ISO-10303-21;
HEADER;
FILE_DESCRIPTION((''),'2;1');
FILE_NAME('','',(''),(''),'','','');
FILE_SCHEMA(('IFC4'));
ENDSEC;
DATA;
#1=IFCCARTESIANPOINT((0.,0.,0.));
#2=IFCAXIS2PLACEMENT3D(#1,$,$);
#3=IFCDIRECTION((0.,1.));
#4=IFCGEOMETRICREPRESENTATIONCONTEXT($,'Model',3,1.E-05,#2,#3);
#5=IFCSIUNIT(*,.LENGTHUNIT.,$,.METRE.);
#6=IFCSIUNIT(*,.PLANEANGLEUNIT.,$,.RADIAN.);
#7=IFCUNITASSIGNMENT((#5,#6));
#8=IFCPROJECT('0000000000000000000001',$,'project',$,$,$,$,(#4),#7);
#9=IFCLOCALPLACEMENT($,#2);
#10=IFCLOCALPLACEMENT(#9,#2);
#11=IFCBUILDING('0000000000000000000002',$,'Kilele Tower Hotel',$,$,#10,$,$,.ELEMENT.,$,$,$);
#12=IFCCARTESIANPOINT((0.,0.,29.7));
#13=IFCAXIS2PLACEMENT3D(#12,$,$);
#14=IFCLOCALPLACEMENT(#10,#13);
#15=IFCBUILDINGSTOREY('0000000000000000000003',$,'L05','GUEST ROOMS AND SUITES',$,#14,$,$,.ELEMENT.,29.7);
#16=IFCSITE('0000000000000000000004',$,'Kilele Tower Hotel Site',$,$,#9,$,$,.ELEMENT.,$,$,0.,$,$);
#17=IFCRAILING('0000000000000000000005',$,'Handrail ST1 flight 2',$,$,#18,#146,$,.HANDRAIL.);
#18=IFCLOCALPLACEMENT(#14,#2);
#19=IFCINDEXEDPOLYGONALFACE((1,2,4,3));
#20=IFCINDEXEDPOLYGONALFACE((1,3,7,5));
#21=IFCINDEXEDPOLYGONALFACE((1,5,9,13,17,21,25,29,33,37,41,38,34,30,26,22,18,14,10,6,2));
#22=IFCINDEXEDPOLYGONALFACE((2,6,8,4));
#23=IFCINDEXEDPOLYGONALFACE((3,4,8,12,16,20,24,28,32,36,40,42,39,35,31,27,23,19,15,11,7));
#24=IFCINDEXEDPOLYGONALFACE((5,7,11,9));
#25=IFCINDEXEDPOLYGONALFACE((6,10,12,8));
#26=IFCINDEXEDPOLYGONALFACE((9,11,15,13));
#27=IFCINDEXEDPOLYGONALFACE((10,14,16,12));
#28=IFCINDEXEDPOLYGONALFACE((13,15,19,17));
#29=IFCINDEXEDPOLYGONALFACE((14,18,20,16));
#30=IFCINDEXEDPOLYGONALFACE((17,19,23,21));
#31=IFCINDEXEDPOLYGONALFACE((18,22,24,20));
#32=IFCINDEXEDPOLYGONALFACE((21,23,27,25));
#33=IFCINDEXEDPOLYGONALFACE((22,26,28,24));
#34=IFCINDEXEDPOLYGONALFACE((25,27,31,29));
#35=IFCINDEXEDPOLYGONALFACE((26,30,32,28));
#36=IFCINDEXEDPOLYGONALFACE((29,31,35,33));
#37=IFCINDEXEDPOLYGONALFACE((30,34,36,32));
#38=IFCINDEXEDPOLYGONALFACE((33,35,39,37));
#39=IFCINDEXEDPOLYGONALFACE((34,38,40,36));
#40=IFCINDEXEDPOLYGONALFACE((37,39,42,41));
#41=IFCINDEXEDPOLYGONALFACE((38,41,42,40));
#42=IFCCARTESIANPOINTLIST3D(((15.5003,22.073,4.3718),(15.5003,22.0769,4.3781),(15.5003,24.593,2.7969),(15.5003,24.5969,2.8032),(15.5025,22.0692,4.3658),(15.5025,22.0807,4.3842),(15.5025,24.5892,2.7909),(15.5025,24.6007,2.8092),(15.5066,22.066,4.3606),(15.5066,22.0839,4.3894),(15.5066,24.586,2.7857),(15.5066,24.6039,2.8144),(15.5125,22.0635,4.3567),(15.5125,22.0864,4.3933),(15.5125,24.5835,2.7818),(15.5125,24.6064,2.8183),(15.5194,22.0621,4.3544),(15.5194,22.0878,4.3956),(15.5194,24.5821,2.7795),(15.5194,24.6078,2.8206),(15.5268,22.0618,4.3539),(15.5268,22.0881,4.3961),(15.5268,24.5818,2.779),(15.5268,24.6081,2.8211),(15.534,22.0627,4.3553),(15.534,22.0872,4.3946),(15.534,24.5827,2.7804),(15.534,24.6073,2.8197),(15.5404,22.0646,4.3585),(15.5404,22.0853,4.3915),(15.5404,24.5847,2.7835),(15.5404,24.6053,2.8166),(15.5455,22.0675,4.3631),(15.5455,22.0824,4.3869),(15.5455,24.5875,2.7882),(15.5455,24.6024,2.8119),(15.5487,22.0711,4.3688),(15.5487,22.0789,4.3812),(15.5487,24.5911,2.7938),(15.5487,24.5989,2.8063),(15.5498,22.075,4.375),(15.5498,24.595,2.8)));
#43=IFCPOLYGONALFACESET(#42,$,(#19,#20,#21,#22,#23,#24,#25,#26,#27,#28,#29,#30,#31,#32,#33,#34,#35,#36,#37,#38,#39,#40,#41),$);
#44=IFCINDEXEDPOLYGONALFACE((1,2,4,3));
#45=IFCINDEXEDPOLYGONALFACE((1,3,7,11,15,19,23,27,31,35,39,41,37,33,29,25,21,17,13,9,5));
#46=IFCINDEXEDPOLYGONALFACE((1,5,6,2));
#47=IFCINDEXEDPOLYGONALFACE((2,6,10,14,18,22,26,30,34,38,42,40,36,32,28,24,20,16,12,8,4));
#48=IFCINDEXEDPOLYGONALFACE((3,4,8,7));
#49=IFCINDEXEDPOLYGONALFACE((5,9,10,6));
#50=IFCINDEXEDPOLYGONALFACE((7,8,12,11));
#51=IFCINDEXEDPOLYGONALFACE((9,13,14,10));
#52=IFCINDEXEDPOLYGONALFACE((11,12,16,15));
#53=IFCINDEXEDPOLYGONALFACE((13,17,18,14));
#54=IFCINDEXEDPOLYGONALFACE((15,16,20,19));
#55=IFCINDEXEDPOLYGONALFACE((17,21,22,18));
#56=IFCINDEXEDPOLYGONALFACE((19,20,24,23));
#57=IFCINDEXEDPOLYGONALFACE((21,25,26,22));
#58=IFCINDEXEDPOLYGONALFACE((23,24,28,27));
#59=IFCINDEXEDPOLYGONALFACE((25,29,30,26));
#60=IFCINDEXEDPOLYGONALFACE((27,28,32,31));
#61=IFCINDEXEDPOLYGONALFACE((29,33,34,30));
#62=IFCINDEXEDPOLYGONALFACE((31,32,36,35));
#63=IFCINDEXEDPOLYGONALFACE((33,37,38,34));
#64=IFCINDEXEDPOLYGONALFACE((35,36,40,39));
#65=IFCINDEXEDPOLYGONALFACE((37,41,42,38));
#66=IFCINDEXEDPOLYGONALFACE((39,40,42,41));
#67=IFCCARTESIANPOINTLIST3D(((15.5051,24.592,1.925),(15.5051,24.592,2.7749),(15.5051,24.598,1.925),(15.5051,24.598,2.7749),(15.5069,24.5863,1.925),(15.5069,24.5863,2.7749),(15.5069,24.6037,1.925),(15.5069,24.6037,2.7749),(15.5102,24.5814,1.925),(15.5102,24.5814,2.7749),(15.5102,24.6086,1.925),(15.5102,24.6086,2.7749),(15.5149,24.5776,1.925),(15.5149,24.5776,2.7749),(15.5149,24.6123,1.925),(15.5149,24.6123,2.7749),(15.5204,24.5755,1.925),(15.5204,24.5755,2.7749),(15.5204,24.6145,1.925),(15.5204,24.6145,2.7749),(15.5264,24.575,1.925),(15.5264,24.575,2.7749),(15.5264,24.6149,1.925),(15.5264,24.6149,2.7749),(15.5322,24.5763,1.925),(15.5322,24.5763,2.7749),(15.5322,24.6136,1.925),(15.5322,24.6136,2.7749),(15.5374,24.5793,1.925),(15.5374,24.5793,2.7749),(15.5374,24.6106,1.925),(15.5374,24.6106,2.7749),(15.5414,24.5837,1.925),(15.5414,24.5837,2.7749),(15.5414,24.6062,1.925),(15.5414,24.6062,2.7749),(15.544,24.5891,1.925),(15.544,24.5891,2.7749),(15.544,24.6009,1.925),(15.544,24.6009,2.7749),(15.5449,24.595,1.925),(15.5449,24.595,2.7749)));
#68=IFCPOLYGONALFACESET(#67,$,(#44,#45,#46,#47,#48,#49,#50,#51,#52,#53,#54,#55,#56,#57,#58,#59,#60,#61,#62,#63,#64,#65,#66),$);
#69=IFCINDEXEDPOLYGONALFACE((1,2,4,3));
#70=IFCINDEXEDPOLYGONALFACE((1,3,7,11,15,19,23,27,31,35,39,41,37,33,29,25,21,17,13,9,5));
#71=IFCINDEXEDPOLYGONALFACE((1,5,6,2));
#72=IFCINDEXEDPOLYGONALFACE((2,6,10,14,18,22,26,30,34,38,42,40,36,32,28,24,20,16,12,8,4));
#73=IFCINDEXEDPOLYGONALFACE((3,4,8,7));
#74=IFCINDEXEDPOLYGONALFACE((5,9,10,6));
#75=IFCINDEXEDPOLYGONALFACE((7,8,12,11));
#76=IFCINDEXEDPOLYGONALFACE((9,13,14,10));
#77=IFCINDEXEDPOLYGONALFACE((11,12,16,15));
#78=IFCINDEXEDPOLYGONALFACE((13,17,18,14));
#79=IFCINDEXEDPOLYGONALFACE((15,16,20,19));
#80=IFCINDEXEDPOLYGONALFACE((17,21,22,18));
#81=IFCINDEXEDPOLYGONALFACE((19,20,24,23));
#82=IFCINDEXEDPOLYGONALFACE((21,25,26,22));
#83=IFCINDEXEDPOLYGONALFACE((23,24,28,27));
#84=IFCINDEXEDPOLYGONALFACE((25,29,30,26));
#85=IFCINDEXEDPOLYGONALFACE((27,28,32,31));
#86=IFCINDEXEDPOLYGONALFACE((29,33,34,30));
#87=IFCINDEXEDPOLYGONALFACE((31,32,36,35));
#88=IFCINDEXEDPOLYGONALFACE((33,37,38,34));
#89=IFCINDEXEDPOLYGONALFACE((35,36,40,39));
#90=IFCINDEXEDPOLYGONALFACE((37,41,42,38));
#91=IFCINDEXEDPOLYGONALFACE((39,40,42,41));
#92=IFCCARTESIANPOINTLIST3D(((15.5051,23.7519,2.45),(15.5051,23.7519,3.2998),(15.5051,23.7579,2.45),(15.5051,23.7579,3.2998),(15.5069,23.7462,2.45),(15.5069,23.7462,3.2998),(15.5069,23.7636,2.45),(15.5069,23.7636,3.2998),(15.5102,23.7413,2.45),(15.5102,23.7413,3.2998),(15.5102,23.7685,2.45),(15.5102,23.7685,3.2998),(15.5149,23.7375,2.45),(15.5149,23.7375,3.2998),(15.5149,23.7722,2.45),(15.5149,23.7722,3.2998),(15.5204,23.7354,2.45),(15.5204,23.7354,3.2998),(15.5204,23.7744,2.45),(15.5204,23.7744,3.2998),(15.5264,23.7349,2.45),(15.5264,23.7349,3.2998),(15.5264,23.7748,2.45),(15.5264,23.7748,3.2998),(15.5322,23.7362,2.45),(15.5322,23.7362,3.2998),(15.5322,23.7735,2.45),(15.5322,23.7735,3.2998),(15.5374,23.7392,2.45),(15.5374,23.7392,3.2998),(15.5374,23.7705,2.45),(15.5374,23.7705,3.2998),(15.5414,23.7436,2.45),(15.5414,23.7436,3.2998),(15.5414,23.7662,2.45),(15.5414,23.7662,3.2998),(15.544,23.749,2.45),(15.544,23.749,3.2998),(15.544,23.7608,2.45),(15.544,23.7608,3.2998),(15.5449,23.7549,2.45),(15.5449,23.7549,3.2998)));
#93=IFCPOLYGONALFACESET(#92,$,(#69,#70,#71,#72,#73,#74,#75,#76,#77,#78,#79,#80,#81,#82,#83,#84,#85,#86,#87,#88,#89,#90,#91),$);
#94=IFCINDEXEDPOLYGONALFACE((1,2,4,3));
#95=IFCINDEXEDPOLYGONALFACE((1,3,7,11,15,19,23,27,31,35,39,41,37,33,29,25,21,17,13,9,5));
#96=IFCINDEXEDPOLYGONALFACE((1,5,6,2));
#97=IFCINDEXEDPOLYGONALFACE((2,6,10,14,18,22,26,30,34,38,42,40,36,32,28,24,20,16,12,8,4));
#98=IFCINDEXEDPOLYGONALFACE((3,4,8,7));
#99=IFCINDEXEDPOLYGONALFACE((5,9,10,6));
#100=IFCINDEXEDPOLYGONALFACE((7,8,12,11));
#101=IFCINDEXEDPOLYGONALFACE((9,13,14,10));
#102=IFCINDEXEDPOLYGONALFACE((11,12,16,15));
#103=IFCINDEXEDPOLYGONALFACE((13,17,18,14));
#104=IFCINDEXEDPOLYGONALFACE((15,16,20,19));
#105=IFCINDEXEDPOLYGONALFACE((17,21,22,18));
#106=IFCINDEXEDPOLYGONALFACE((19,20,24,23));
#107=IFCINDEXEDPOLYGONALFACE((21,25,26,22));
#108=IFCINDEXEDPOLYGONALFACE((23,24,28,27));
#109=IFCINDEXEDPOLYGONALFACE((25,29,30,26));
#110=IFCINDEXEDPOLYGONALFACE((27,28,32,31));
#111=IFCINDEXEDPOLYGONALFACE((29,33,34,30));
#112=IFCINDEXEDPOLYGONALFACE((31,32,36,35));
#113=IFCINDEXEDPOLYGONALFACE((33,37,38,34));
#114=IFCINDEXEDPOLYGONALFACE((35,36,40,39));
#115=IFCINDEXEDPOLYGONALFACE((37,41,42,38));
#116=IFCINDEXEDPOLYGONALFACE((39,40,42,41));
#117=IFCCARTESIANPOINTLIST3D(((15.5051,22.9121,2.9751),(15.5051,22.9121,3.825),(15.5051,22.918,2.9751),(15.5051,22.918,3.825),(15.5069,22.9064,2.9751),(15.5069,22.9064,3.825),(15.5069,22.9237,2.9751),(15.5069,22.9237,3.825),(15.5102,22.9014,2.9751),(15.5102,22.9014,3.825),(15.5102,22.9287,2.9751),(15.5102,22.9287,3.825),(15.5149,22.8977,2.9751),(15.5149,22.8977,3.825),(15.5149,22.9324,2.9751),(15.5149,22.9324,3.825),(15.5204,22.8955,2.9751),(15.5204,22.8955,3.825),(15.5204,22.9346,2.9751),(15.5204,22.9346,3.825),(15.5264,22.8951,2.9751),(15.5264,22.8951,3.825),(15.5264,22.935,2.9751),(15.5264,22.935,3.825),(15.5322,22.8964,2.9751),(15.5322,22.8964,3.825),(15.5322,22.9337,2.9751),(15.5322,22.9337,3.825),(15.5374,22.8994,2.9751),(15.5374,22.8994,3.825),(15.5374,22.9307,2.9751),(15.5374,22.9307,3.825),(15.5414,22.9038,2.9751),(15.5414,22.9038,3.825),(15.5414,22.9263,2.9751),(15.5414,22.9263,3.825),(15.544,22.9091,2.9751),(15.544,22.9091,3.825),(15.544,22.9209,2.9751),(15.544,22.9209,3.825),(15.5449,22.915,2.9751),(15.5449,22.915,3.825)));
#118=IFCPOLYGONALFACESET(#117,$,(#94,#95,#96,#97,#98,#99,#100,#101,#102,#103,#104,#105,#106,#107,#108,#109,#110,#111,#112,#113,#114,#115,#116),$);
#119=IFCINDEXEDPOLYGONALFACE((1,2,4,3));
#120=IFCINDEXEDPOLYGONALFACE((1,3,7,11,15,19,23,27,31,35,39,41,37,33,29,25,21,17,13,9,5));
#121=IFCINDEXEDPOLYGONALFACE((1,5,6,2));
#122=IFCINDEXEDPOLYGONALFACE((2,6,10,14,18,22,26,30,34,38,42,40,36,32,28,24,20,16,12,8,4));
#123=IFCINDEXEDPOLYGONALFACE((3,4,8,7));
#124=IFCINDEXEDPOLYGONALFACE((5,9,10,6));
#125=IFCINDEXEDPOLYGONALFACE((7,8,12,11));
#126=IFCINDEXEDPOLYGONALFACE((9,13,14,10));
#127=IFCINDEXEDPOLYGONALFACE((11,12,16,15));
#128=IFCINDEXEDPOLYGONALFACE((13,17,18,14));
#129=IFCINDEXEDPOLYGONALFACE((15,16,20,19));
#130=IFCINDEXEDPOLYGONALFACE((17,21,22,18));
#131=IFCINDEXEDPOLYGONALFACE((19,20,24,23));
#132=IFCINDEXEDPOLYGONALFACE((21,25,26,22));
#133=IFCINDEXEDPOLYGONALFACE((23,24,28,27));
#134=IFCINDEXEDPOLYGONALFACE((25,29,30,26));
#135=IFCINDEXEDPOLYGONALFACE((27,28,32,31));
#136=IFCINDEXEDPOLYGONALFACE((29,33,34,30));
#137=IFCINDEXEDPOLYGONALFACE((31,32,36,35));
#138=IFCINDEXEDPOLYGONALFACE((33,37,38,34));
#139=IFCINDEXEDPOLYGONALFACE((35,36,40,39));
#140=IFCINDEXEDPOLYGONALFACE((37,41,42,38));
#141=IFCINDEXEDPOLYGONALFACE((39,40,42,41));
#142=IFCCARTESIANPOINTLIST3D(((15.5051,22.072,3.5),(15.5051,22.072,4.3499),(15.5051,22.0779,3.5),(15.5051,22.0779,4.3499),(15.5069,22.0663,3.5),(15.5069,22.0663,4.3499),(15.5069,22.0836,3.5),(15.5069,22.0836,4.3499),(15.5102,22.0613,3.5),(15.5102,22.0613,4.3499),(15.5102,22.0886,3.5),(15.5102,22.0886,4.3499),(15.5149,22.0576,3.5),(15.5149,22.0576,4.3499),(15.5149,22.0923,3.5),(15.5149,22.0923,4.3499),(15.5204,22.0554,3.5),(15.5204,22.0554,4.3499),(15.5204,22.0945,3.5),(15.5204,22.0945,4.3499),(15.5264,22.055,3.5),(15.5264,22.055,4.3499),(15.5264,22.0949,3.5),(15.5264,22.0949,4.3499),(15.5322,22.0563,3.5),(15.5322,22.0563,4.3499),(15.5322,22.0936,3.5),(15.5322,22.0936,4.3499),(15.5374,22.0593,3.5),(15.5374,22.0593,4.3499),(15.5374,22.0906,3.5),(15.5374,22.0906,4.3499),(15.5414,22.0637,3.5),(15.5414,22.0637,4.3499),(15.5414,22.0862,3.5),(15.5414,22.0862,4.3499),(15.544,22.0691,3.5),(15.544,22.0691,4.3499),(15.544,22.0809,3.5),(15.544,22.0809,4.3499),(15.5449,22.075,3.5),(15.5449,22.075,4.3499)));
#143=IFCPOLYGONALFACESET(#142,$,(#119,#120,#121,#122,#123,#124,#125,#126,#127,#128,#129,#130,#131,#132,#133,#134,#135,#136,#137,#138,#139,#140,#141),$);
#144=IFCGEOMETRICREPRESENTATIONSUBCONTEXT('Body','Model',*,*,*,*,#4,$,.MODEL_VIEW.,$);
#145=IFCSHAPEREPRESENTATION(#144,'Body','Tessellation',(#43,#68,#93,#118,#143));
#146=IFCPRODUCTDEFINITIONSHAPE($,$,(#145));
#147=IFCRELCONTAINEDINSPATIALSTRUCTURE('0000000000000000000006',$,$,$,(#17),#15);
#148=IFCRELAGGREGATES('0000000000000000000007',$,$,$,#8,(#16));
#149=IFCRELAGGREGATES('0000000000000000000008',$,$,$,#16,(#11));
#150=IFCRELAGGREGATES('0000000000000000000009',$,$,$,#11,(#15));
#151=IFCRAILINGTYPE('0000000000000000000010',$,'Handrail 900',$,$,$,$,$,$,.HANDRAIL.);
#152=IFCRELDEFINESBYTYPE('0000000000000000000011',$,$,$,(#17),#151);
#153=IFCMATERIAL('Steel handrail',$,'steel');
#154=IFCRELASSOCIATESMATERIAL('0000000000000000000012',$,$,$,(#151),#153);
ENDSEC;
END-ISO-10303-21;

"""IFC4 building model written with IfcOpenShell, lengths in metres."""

from ifc_helpers import new_model, si_unit, direction, frame, origin, origin_2d, place, context, subcontext, project, spatial, circle, extrude, material, type_object, element, save


model = new_model("IFC4")

# Units and contexts
model_context = context("Model", 3, precision=1e-05, world=origin(), true_north=direction((0.0, 1.0)))
body_context = subcontext(model_context, "Body", "Model", "MODEL_VIEW")
ifc_project = project(units=[si_unit("LENGTHUNIT", "METRE"), si_unit("PLANEANGLEUNIT", "RADIAN")], contexts=[model_context])

# Site, building, storey
site_placement = place(None, origin())
site = spatial("IfcSite", under=ifc_project, at=site_placement, Name="Kilele Tower Hotel Site", CompositionType="ELEMENT", RefElevation=0.0)
building_placement = place(site_placement, origin())
building = spatial("IfcBuilding", under=site, at=building_placement, Name="Kilele Tower Hotel", CompositionType="ELEMENT")
storey_placement = place(building_placement, frame((0.0, 0.0, 29.7)))
storey = spatial("IfcBuildingStorey", under=building, at=storey_placement, Name="L05", Description="GUEST ROOMS AND SUITES", CompositionType="ELEMENT", Elevation=29.7)

# Railing
ifc_material_1 = material(Name="Steel handrail", Category="steel")
railing_type_1 = type_object("IfcRailingType", Name="Handrail 900", PredefinedType="HANDRAIL", material=ifc_material_1)
for number, where, name in (
    (1, (15.5249, 24.595, 1.925), "Handrail ST1 flight 2"),
):
    element("IfcRailing", number, at=place(storey_placement, frame(where)), inside=storey, type_object=railing_type_1, Name=name, PredefinedType="HANDRAIL", context=body_context, shape_type="SweptSolid", body=[
        extrude(circle(Radius=0.0249, at=origin_2d()), frame((0.0, 0.0, 0.875), z_axis=(0.0, -0.848008, 0.529984), x_axis=(1.0, 0.0, 0.0)), (0.0, 0.0, 1.0), 2.9717),
        extrude(circle(Radius=0.02, at=origin_2d()), origin(), (0.0, 0.0, 1.0), 0.8499),
        extrude(circle(Radius=0.02, at=origin_2d()), frame((0.0, -0.8401, 0.5249)), (0.0, 0.0, 1.0), 0.8499),
        extrude(circle(Radius=0.02, at=origin_2d()), frame((0.0, -1.6799, 1.05)), (0.0, 0.0, 1.0), 0.8499),
        extrude(circle(Radius=0.02, at=origin_2d()), frame((0.0, -2.52, 1.575)), (0.0, 0.0, 1.0), 0.8499),
    ])

save(model, "model.ifc")
